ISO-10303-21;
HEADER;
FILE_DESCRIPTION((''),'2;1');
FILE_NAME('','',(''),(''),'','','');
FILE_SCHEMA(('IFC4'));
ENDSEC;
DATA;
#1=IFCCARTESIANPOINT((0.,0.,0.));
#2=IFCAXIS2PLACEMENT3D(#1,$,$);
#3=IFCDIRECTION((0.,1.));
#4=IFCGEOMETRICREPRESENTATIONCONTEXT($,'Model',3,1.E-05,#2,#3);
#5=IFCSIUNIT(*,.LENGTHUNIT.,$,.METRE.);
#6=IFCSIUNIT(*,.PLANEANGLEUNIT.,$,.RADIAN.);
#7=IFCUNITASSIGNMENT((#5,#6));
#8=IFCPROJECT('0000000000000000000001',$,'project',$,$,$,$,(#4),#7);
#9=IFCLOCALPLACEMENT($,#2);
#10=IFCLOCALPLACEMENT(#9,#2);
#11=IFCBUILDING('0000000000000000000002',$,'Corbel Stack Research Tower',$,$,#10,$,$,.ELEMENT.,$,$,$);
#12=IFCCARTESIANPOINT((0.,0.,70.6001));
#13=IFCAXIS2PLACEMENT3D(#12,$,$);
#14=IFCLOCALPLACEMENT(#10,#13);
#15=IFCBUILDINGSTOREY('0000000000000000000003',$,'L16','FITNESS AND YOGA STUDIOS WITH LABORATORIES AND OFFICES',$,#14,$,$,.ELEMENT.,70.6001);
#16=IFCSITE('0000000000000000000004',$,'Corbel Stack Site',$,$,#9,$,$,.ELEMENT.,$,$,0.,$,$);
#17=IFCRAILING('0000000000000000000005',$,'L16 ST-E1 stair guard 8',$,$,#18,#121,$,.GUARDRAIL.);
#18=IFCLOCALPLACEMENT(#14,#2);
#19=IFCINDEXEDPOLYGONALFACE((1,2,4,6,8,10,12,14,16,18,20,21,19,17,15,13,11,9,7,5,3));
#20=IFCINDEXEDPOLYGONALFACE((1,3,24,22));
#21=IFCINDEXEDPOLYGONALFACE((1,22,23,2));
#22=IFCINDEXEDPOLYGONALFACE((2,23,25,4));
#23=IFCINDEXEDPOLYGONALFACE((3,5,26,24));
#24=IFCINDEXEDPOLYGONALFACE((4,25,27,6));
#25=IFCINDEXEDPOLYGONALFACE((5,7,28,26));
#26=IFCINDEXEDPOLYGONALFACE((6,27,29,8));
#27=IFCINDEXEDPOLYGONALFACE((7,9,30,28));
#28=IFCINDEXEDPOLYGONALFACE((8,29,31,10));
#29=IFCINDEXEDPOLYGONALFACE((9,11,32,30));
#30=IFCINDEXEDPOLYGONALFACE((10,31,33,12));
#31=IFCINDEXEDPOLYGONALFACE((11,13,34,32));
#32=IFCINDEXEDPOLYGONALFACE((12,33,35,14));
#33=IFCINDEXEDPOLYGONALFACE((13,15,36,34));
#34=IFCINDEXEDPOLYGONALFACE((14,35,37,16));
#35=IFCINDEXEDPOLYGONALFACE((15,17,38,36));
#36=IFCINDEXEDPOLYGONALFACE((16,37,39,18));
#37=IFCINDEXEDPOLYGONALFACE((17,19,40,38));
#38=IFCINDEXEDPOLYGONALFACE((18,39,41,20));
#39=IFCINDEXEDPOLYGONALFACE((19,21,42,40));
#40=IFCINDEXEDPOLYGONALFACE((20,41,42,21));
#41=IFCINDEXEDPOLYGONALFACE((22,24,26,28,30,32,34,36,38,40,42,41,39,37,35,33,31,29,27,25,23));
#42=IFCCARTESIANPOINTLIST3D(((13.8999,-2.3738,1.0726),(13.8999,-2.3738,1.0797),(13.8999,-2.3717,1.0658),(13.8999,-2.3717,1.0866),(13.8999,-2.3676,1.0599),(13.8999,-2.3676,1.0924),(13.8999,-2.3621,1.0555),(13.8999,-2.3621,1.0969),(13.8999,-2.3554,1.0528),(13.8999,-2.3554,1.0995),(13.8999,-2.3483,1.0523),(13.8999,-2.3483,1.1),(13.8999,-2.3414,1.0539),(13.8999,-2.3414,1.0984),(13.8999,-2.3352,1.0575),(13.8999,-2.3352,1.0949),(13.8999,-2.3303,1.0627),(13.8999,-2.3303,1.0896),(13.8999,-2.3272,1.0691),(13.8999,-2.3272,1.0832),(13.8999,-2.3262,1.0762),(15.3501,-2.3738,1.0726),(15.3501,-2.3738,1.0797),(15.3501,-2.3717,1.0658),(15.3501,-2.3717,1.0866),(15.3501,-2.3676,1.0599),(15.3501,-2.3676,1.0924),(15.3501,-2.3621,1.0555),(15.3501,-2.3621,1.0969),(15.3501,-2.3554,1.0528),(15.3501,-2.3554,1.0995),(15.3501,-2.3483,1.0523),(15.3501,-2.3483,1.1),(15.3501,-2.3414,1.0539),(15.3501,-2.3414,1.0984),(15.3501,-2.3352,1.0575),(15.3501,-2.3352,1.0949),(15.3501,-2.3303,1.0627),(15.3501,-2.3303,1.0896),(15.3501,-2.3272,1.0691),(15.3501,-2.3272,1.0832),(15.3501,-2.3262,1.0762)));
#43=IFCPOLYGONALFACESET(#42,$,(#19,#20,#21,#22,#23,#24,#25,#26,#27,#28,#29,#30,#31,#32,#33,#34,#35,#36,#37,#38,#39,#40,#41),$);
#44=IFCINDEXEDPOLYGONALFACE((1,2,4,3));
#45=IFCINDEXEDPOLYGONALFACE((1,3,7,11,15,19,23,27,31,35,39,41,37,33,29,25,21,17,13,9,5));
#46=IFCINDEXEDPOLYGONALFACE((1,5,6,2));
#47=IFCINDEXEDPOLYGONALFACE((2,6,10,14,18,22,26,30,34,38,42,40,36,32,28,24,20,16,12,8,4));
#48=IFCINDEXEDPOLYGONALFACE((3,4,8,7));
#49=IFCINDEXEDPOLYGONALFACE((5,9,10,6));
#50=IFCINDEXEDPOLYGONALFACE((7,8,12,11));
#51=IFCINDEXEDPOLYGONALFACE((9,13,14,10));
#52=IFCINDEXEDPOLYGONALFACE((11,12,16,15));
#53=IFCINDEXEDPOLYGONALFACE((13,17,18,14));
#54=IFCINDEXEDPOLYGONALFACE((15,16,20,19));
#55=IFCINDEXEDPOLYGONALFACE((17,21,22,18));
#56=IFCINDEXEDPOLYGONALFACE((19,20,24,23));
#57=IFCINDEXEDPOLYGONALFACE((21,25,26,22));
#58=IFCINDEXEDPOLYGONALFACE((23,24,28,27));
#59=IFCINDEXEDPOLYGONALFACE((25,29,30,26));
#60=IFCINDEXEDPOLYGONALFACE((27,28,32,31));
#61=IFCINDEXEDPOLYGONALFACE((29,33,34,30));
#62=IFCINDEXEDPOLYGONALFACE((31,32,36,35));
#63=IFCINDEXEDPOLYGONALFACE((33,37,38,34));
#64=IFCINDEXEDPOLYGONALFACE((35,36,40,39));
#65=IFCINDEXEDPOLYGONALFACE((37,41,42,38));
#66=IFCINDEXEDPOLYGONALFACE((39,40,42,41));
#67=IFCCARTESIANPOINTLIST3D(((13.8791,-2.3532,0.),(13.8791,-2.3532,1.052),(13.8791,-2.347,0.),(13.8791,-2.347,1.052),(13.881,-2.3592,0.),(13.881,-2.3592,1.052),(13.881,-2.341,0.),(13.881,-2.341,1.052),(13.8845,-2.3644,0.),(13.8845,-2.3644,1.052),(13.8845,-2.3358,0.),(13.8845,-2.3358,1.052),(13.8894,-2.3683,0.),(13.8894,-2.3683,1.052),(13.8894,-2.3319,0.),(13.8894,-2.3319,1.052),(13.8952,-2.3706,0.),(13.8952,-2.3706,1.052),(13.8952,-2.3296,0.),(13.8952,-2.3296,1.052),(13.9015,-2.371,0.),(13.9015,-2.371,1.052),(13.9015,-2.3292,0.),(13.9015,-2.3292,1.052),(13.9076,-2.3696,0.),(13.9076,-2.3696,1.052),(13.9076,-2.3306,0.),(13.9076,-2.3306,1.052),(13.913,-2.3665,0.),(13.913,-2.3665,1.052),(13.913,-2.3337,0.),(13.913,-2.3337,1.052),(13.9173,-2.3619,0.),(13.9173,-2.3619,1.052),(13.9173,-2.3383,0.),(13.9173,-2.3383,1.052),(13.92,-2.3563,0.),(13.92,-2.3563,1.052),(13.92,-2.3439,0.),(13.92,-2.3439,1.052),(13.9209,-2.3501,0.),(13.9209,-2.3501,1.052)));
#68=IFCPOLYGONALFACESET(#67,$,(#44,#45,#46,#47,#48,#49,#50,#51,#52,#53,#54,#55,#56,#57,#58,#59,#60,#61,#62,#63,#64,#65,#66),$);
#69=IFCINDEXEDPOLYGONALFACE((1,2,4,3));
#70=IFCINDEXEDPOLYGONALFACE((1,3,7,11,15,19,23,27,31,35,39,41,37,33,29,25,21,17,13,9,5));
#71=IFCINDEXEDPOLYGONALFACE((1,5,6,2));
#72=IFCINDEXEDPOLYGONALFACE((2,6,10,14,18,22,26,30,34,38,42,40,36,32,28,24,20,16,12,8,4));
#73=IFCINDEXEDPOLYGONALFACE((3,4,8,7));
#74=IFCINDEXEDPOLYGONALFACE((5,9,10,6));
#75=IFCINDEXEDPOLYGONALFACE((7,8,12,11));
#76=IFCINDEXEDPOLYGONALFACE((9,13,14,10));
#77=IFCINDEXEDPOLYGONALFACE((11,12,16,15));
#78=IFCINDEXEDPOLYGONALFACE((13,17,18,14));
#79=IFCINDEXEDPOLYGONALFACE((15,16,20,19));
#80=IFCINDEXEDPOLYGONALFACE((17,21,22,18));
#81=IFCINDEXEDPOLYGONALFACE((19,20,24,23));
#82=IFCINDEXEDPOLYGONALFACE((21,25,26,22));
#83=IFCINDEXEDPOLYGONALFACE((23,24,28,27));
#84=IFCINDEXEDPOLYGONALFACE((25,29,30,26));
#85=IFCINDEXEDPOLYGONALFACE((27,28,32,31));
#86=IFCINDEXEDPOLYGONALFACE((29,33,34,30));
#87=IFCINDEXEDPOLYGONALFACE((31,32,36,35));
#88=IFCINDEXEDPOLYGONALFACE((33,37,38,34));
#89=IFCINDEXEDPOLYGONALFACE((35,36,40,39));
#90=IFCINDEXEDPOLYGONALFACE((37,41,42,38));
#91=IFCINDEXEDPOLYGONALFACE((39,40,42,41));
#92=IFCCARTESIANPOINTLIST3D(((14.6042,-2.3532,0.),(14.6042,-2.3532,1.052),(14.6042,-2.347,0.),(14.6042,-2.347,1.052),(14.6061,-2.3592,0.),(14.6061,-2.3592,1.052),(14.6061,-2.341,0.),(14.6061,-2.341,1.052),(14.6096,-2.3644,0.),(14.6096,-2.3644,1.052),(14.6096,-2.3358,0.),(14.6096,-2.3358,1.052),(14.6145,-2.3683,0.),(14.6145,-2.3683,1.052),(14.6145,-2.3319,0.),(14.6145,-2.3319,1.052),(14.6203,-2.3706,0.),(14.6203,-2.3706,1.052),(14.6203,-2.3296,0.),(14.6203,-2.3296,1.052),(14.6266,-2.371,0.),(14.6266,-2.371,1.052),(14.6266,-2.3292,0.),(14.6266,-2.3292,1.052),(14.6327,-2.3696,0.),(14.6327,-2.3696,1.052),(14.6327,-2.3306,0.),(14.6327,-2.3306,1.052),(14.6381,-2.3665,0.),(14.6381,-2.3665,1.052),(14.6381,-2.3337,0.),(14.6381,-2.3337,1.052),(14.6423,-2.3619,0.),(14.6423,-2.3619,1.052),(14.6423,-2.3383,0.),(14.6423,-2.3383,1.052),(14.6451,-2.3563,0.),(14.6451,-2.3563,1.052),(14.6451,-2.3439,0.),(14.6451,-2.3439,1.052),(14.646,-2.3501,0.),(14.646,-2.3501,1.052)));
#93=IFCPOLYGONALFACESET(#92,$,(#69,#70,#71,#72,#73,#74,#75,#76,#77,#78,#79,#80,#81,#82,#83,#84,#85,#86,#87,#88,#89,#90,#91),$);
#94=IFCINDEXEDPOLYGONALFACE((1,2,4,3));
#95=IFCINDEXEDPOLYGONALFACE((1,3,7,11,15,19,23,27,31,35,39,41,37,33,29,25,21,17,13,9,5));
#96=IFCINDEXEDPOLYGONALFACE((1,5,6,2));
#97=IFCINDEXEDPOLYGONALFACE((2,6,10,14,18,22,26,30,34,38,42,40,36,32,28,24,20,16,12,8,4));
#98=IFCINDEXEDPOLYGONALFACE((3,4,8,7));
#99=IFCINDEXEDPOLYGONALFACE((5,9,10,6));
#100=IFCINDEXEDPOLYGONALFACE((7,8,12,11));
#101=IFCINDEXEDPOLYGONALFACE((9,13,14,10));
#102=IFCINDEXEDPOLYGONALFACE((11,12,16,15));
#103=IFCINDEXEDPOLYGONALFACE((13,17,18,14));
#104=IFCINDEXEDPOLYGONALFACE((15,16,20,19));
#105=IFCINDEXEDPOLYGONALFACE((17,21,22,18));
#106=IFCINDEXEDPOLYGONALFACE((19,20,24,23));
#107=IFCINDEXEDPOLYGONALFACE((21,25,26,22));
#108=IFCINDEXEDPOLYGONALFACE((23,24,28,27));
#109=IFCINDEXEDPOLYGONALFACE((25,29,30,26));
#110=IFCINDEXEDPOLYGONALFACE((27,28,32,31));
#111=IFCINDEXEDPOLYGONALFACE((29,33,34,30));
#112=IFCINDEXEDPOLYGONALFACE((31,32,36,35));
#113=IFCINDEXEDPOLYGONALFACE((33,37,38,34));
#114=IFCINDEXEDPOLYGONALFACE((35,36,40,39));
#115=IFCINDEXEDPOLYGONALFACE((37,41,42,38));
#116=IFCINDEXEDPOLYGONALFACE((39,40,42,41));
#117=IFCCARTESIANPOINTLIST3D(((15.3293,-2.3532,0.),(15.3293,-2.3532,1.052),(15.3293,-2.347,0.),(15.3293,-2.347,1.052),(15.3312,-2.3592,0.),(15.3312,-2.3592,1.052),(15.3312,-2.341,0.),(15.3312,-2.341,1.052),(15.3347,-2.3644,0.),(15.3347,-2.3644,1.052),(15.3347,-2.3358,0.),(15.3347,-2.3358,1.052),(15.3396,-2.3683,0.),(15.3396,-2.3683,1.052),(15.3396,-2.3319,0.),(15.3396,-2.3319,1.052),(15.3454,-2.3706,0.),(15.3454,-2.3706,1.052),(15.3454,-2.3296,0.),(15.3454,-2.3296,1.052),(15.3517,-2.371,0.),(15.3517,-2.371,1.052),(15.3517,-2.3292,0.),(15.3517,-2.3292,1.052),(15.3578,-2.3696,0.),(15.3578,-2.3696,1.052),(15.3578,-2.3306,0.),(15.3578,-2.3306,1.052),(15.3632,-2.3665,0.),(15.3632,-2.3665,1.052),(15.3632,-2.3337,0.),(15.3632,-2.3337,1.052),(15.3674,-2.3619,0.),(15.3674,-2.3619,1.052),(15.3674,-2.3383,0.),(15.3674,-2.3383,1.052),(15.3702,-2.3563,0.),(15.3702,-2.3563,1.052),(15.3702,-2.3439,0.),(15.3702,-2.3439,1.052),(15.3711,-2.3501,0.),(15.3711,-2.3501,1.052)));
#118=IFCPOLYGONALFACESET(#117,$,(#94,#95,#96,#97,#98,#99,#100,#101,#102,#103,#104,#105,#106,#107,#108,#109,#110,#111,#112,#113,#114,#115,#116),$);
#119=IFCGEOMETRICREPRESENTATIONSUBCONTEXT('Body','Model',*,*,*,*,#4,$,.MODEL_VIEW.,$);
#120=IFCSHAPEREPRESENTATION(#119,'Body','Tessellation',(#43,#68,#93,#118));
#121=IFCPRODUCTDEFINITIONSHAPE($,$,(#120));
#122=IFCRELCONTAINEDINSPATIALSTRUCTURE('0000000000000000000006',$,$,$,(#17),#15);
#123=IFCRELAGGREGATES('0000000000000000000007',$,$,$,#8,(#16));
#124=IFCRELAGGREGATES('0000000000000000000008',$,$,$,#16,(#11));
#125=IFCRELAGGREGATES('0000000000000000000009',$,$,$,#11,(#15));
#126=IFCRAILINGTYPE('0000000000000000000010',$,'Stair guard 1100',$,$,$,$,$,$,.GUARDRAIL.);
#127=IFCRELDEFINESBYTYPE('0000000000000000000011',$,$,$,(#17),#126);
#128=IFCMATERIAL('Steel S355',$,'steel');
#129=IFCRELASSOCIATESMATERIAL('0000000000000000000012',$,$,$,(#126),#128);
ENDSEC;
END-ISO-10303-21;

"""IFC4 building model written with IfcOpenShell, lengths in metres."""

from ifc_helpers import new_model, si_unit, direction, frame, origin, origin_2d, place, context, subcontext, project, spatial, circle, extrude, material, type_object, element, save


model = new_model("IFC4")

# Units and contexts
model_context = context("Model", 3, precision=1e-05, world=origin(), true_north=direction((0.0, 1.0)))
body_context = subcontext(model_context, "Body", "Model", "MODEL_VIEW")
ifc_project = project(units=[si_unit("LENGTHUNIT", "METRE"), si_unit("PLANEANGLEUNIT", "RADIAN")], contexts=[model_context])

# Site, building, storey
site_placement = place(None, origin())
site = spatial("IfcSite", under=ifc_project, at=site_placement, Name="Corbel Stack Site", CompositionType="ELEMENT", RefElevation=0.0)
building_placement = place(site_placement, origin())
building = spatial("IfcBuilding", under=site, at=building_placement, Name="Corbel Stack Research Tower", CompositionType="ELEMENT")
storey_placement = place(building_placement, frame((0.0, 0.0, 70.6001)))
storey = spatial("IfcBuildingStorey", under=building, at=storey_placement, Name="L16", Description="FITNESS AND YOGA STUDIOS WITH LABORATORIES AND OFFICES", CompositionType="ELEMENT", Elevation=70.6001)

# Railing
ifc_material_1 = material(Name="Steel S355", Category="steel")
railing_type_1 = type_object("IfcRailingType", Name="Stair guard 1100", PredefinedType="GUARDRAIL", material=ifc_material_1)
railing_1_placement = place(storey_placement, frame((13.8999, -2.3501, 0.0)))
element("IfcRailing", 1, at=railing_1_placement, inside=storey, type_object=railing_type_1, Name="L16 ST-E1 stair guard 8", PredefinedType="GUARDRAIL", context=body_context, shape_type="SweptSolid", body=[
    extrude(circle(Radius=0.0239, at=origin_2d()), frame((0.0, 0.0, 1.0762), z_axis=(1.0, 0.0, 0.0), x_axis=(0.0, 1.0, 0.0)), (0.0, 0.0, 1.0), 1.4502),
    extrude(circle(Radius=0.021, at=origin_2d()), origin(), (0.0, 0.0, 1.0), 1.052),
    extrude(circle(Radius=0.021, at=origin_2d()), frame((0.7251, 0.0, 0.0)), (0.0, 0.0, 1.0), 1.052),
    extrude(circle(Radius=0.021, at=origin_2d()), frame((1.4502, 0.0, 0.0)), (0.0, 0.0, 1.0), 1.052),
])

save(model, "model.ifc")
